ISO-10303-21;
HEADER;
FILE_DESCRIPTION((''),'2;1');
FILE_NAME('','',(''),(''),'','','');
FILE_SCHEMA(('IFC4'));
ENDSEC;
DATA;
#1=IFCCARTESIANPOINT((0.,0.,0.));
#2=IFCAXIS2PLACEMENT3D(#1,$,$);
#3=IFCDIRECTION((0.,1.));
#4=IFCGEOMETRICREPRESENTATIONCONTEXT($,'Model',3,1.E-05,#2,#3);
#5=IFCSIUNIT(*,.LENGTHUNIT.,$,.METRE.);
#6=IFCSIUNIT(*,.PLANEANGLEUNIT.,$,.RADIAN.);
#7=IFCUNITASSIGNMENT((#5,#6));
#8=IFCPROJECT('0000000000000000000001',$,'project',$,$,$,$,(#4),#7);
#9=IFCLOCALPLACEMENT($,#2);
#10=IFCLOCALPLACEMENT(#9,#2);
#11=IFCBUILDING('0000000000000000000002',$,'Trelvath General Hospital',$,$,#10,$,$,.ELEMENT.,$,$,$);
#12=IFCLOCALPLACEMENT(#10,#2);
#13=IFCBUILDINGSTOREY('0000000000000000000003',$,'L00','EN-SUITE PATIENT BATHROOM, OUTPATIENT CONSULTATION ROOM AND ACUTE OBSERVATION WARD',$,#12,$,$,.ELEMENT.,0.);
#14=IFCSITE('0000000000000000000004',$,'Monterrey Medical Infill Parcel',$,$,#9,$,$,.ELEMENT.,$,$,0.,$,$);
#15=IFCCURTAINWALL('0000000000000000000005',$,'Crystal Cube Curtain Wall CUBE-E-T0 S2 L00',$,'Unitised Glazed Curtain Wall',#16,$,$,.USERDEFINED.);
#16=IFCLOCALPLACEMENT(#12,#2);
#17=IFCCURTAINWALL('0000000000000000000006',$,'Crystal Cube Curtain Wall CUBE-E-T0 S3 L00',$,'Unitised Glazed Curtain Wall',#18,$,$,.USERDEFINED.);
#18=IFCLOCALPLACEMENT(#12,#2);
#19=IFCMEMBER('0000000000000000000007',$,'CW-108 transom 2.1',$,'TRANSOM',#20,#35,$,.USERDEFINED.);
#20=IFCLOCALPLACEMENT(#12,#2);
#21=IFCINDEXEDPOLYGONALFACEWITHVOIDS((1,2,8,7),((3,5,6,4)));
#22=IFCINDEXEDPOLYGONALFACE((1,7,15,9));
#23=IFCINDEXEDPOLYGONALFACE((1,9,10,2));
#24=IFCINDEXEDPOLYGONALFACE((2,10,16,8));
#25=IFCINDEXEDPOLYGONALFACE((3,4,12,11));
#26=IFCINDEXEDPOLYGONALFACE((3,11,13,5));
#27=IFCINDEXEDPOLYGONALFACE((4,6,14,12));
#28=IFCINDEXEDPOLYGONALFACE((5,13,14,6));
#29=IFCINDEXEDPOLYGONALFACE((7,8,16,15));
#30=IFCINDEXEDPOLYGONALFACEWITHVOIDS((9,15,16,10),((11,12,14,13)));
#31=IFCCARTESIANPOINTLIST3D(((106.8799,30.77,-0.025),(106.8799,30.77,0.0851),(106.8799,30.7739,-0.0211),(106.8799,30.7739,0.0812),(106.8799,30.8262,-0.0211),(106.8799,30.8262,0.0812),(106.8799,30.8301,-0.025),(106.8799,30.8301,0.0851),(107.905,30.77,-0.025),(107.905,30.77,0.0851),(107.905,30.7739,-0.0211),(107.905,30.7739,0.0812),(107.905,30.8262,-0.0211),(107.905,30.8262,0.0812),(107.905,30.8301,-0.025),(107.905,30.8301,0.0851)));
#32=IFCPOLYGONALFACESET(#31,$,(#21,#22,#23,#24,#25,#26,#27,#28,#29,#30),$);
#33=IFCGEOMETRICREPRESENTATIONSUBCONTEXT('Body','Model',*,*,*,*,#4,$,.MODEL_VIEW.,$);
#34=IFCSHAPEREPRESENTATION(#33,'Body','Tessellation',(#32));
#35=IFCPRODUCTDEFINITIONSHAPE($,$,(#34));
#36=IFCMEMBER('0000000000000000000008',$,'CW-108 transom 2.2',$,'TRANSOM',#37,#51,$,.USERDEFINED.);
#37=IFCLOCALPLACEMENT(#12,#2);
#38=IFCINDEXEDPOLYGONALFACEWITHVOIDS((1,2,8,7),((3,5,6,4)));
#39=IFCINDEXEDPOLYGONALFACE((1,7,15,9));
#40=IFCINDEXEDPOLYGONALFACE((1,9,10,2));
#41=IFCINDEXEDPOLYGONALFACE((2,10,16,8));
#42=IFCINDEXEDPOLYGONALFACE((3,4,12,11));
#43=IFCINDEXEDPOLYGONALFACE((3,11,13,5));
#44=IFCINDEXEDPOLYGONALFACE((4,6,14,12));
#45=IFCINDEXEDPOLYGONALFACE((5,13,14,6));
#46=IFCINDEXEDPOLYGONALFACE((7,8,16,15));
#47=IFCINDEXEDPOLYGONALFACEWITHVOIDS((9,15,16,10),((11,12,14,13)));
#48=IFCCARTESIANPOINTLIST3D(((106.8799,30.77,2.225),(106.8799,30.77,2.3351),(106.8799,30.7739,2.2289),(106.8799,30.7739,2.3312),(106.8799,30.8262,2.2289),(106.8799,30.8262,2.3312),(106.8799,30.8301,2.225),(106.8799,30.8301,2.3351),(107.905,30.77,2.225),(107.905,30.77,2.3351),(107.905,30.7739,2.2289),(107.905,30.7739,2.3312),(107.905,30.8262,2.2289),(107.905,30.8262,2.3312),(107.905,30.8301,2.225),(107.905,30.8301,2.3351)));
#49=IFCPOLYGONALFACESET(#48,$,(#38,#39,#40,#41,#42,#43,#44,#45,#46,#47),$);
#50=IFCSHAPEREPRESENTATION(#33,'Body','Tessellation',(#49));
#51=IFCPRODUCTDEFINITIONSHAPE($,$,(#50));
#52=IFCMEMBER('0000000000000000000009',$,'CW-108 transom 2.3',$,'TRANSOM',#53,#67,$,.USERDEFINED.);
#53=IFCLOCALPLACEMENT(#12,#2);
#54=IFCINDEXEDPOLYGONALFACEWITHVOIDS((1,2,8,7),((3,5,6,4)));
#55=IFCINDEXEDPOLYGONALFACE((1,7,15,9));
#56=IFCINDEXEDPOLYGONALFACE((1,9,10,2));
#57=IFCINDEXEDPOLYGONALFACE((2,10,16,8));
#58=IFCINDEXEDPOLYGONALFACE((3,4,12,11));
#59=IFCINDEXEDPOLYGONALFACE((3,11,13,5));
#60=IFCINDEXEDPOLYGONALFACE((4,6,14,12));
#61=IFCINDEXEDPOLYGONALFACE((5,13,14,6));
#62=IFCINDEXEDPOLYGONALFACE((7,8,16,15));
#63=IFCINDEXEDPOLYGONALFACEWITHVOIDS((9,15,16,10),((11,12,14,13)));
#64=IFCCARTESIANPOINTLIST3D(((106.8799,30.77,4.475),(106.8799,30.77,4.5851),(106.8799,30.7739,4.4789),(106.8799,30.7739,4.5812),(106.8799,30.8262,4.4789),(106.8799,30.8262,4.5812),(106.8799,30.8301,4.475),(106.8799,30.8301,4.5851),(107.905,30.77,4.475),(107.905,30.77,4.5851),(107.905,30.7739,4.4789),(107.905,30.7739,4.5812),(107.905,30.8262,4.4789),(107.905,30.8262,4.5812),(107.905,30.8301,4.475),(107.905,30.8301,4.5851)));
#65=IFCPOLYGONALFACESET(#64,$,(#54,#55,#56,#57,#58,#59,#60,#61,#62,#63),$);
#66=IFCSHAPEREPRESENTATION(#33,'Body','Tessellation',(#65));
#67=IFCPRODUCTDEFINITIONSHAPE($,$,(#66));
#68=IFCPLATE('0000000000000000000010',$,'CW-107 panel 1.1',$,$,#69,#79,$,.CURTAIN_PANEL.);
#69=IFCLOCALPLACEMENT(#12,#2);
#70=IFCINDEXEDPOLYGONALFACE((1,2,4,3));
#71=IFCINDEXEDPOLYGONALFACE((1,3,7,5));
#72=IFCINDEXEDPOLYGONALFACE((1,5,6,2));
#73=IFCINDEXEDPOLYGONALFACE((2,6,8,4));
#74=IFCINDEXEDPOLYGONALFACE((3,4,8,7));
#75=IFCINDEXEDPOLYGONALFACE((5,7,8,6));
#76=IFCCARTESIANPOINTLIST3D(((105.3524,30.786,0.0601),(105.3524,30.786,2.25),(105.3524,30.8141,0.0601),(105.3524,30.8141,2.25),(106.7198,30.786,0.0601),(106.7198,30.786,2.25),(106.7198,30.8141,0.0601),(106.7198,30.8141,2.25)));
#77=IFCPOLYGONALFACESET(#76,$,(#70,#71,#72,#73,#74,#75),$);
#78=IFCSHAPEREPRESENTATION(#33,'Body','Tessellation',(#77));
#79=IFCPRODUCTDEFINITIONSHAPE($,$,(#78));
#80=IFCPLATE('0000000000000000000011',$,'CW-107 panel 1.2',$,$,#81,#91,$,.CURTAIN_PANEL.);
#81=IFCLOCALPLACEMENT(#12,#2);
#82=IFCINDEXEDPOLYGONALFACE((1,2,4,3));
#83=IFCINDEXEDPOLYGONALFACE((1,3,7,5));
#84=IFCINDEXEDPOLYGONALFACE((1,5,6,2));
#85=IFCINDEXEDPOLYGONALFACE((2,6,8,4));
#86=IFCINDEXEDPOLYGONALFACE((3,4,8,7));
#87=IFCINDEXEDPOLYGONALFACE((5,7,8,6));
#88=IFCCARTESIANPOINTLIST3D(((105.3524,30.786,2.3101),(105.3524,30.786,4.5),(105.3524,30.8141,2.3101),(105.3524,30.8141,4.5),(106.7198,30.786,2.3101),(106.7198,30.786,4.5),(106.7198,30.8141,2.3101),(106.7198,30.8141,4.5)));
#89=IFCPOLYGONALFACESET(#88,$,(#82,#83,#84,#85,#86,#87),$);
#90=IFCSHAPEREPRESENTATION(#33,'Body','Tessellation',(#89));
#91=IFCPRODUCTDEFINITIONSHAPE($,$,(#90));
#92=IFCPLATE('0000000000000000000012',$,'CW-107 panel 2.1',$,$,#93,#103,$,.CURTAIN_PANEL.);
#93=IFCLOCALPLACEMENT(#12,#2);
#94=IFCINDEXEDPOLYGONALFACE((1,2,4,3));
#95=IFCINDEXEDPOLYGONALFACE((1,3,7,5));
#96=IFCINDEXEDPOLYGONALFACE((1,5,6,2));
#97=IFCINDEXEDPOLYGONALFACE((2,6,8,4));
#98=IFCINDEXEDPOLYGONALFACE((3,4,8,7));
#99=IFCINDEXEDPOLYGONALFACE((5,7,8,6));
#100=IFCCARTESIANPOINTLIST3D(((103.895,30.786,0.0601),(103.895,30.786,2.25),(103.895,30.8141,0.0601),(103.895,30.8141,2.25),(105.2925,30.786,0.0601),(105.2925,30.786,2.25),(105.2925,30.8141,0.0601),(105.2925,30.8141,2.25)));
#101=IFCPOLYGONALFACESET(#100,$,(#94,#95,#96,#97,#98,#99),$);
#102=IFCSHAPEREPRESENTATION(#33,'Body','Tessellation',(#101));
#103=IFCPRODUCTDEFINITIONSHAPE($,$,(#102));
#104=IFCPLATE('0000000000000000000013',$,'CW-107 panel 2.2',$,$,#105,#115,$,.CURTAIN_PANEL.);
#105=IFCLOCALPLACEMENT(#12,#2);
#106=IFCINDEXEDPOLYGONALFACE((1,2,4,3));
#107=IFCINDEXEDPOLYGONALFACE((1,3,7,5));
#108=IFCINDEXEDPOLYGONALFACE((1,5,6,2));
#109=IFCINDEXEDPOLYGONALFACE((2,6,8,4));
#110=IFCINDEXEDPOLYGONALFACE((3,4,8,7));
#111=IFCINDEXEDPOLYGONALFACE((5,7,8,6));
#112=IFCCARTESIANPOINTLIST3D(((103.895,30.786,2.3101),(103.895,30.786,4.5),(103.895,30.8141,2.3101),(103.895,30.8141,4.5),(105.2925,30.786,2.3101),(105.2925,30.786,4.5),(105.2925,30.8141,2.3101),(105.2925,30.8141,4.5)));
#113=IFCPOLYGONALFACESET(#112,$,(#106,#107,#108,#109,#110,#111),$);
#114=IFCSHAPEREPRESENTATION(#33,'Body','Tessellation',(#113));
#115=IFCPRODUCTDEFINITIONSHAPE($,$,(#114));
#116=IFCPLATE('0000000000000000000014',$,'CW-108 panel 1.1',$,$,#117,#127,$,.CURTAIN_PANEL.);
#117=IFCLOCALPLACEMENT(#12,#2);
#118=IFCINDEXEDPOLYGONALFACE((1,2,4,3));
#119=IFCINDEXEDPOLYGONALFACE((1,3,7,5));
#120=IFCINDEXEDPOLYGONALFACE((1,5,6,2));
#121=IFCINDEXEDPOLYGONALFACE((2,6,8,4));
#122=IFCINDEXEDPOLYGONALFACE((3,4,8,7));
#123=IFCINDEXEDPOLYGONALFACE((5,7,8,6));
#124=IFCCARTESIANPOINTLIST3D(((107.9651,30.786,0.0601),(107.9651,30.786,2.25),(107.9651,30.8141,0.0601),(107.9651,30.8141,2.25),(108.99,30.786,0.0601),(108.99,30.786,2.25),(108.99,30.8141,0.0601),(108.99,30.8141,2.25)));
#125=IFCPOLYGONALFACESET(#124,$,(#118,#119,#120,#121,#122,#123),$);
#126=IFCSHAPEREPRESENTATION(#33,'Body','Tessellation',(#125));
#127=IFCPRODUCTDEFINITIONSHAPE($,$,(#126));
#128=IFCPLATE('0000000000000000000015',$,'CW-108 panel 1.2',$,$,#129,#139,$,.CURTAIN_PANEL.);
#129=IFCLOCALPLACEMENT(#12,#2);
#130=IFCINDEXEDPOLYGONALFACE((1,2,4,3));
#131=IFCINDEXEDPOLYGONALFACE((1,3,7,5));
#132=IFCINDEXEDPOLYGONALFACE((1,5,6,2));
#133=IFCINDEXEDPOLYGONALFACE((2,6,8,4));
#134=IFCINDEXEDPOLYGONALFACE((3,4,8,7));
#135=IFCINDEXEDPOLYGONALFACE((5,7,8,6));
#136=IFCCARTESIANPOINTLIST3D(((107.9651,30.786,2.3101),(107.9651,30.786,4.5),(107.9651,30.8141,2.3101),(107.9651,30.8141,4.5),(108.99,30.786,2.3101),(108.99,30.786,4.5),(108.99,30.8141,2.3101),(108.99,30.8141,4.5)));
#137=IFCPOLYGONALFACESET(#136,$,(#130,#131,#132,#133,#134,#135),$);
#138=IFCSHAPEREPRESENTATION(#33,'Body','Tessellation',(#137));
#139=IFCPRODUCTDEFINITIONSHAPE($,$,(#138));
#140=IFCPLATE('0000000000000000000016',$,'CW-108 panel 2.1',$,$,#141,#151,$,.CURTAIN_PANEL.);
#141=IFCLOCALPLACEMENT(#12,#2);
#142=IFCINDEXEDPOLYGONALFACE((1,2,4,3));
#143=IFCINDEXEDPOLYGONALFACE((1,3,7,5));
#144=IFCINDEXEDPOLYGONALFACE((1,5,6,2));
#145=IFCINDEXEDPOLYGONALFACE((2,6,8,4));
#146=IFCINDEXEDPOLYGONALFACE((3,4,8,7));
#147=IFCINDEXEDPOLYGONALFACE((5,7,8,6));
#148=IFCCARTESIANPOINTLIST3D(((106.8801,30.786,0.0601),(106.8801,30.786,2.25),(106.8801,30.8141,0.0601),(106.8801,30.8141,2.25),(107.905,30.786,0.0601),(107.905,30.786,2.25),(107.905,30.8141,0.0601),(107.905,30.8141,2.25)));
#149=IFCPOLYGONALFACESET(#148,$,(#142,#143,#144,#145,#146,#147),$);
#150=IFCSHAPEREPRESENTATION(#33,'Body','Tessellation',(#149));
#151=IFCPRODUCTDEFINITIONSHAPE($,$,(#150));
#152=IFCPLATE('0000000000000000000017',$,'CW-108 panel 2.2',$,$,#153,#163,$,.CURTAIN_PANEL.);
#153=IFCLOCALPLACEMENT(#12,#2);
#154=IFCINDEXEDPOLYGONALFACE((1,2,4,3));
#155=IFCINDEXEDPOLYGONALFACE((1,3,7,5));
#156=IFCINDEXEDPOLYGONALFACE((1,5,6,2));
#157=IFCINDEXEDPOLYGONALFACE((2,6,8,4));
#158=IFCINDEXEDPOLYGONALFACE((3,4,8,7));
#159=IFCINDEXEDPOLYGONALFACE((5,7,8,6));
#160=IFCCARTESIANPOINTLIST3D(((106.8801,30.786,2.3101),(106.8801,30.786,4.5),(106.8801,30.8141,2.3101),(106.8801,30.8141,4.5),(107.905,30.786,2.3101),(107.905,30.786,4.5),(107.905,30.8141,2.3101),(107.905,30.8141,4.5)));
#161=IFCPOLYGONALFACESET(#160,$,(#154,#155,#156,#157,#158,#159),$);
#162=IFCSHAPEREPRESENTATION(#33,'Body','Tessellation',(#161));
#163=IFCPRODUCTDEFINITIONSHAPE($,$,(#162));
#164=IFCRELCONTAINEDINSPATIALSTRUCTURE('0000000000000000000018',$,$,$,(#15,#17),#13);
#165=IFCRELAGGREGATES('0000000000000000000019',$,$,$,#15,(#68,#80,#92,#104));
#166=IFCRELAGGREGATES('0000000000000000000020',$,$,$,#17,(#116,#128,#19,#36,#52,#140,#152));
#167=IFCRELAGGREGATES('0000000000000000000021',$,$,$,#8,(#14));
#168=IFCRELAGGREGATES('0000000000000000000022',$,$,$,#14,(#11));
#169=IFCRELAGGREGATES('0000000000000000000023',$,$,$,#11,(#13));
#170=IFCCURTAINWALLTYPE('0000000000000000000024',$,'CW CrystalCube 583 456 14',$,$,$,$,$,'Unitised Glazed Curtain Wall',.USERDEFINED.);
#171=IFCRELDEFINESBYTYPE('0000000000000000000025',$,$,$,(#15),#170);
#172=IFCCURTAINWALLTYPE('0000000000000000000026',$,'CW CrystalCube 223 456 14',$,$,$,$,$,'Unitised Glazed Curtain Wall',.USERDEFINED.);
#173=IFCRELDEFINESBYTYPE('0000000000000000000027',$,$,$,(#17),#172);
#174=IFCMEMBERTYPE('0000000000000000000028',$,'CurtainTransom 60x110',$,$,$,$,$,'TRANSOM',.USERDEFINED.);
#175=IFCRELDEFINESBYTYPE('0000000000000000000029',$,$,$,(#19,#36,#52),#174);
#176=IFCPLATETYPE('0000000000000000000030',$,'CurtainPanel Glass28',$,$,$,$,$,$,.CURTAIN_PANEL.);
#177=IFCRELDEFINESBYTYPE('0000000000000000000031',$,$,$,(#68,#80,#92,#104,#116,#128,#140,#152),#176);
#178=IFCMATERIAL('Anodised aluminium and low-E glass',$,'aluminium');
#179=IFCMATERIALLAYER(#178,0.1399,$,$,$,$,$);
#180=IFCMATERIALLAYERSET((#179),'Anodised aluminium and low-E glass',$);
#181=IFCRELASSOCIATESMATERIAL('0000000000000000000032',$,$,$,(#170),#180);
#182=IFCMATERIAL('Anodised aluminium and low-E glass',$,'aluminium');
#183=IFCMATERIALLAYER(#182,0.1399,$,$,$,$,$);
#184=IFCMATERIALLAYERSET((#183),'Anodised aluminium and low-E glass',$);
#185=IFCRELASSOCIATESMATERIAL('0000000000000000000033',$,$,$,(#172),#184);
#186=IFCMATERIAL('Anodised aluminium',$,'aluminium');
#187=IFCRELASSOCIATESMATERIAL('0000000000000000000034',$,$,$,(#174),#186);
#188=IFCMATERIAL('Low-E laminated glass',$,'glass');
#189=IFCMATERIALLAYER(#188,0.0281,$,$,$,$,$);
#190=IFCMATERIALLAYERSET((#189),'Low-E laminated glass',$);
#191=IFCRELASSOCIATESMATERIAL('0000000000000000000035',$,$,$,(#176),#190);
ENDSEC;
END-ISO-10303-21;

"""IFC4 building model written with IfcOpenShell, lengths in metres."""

from ifc_helpers import new_model, si_unit, direction, frame, origin, origin_2d, place, context, subcontext, project, spatial, rectangle, hollow_rectangle, extrude, material, layer, layer_set, material_profile, profile_set, type_object, element, aggregate, save


model = new_model("IFC4")

# Units and contexts
model_context = context("Model", 3, precision=1e-05, world=origin(), true_north=direction((0.0, 1.0)))
body_context = subcontext(model_context, "Body", "Model", "MODEL_VIEW")
ifc_project = project(units=[si_unit("LENGTHUNIT", "METRE"), si_unit("PLANEANGLEUNIT", "RADIAN")], contexts=[model_context])

# Site, building, storey
site_placement = place(None, origin())
site = spatial("IfcSite", under=ifc_project, at=site_placement, Name="Monterrey Medical Infill Parcel", CompositionType="ELEMENT", RefElevation=0.0)
building_placement = place(site_placement, origin())
building = spatial("IfcBuilding", under=site, at=building_placement, Name="Trelvath General Hospital", CompositionType="ELEMENT")
storey_placement = place(building_placement, origin())
storey = spatial("IfcBuildingStorey", under=building, at=storey_placement, Name="L00", Description="EN-SUITE PATIENT BATHROOM, OUTPATIENT CONSULTATION ROOM AND ACUTE OBSERVATION WARD", CompositionType="ELEMENT", Elevation=0.0)

# Curtain walls
ifc_material_1 = material(Name="Anodised aluminium and low-E glass", Category="aluminium")
ifc_layer_1 = layer(ifc_material_1, 0.1399)
ifc_layer_set_1 = layer_set([ifc_layer_1], Name="Anodised aluminium and low-E glass")
curtain_wall_type_1 = type_object("IfcCurtainWallType", Name="CW CrystalCube 583 456 14", ElementType="Unitised Glazed Curtain Wall", PredefinedType="USERDEFINED", material=ifc_layer_set_1)
curtain_wall_1_placement = place(storey_placement, origin())
curtain_wall_1 = element("IfcCurtainWall", 1, at=curtain_wall_1_placement, inside=storey, type_object=curtain_wall_type_1, Name="Crystal Cube Curtain Wall CUBE-E-T0 S2 L00", ObjectType="Unitised Glazed Curtain Wall", PredefinedType="USERDEFINED")
ifc_material_2 = material(Name="Anodised aluminium and low-E glass", Category="aluminium")
ifc_layer_2 = layer(ifc_material_2, 0.1399)
ifc_layer_set_2 = layer_set([ifc_layer_2], Name="Anodised aluminium and low-E glass")
curtain_wall_type_2 = type_object("IfcCurtainWallType", Name="CW CrystalCube 223 456 14", ElementType="Unitised Glazed Curtain Wall", PredefinedType="USERDEFINED", material=ifc_layer_set_2)
curtain_wall_2_placement = place(storey_placement, origin())
curtain_wall_2 = element("IfcCurtainWall", 2, at=curtain_wall_2_placement, inside=storey, type_object=curtain_wall_type_2, Name="Crystal Cube Curtain Wall CUBE-E-T0 S3 L00", ObjectType="Unitised Glazed Curtain Wall", PredefinedType="USERDEFINED")

# Members
ifc_material_3 = material(Name="Anodised aluminium", Category="aluminium")
ifc_material_profile_1 = material_profile(ifc_material_3, hollow_rectangle(XDim=0.0601, YDim=0.1101, WallThickness=0.0039, at=origin_2d()), Name="RHS60x110x4")
ifc_profile_set_1 = profile_set([ifc_material_profile_1], Name="Anodised aluminium")
member_type_1 = type_object("IfcMemberType", Name="CurtainTransom 60x110", ElementType="TRANSOM", PredefinedType="USERDEFINED", material=ifc_profile_set_1)
member_1_placement = place(storey_placement, frame((107.905, 30.8, 0.03), z_axis=(-1.0, 0.0, 0.0), x_axis=(0.0, -1.0, 0.0)))
member_1 = element("IfcMember", 3, at=member_1_placement, type_object=member_type_1, Name="CW-108 transom 2.1", ObjectType="TRANSOM", PredefinedType="USERDEFINED", context=body_context, shape_type="SweptSolid", body=[
    extrude(hollow_rectangle(XDim=0.0601, YDim=0.1101, WallThickness=0.0039, at=origin_2d()), origin(), (0.0, 0.0, 1.0), 1.0251),
])
member_2_placement = place(storey_placement, frame((107.905, 30.8, 2.28), z_axis=(-1.0, 0.0, 0.0), x_axis=(0.0, -1.0, 0.0)))
member_2 = element("IfcMember", 4, at=member_2_placement, type_object=member_type_1, Name="CW-108 transom 2.2", ObjectType="TRANSOM", PredefinedType="USERDEFINED", context=body_context, shape_type="SweptSolid", body=[
    extrude(hollow_rectangle(XDim=0.0601, YDim=0.1101, WallThickness=0.0039, at=origin_2d()), origin(), (0.0, 0.0, 1.0), 1.0251),
])
member_3_placement = place(storey_placement, frame((107.905, 30.8, 4.53), z_axis=(-1.0, 0.0, 0.0), x_axis=(0.0, -1.0, 0.0)))
member_3 = element("IfcMember", 5, at=member_3_placement, type_object=member_type_1, Name="CW-108 transom 2.3", ObjectType="TRANSOM", PredefinedType="USERDEFINED", context=body_context, shape_type="SweptSolid", body=[
    extrude(hollow_rectangle(XDim=0.0601, YDim=0.1101, WallThickness=0.0039, at=origin_2d()), origin(), (0.0, 0.0, 1.0), 1.0251),
])

# Plates
ifc_material_4 = material(Name="Low-E laminated glass", Category="glass")
ifc_layer_3 = layer(ifc_material_4, 0.0281)
ifc_layer_set_3 = layer_set([ifc_layer_3], Name="Low-E laminated glass")
plate_type = type_object("IfcPlateType", Name="CurtainPanel Glass28", PredefinedType="CURTAIN_PANEL", material=ifc_layer_set_3)
plate_1_placement = place(storey_placement, frame((106.0361, 30.8, 0.0601), z_axis=(0.0, 0.0, 1.0), x_axis=(-1.0, 0.0, 0.0)))
plate_1 = element("IfcPlate", 6, at=plate_1_placement, type_object=plate_type, Name="CW-107 panel 1.1", PredefinedType="CURTAIN_PANEL", context=body_context, shape_type="SweptSolid", body=[
    extrude(rectangle(XDim=1.3674, YDim=0.0281, at=origin_2d()), origin(), (0.0, 0.0, 1.0), 2.1899),
])
plate_2_placement = place(storey_placement, frame((106.0361, 30.8, 2.3101), z_axis=(0.0, 0.0, 1.0), x_axis=(-1.0, 0.0, 0.0)))
plate_2 = element("IfcPlate", 7, at=plate_2_placement, type_object=plate_type, Name="CW-107 panel 1.2", PredefinedType="CURTAIN_PANEL", context=body_context, shape_type="SweptSolid", body=[
    extrude(rectangle(XDim=1.3674, YDim=0.0281, at=origin_2d()), origin(), (0.0, 0.0, 1.0), 2.1899),
])
plate_3_placement = place(storey_placement, frame((104.5938, 30.8, 0.0601), z_axis=(0.0, 0.0, 1.0), x_axis=(-1.0, 0.0, 0.0)))
plate_3 = element("IfcPlate", 8, at=plate_3_placement, type_object=plate_type, Name="CW-107 panel 2.1", PredefinedType="CURTAIN_PANEL", context=body_context, shape_type="SweptSolid", body=[
    extrude(rectangle(XDim=1.3975, YDim=0.0281, at=origin_2d()), origin(), (0.0, 0.0, 1.0), 2.1899),
])
plate_4_placement = place(storey_placement, frame((104.5938, 30.8, 2.3101), z_axis=(0.0, 0.0, 1.0), x_axis=(-1.0, 0.0, 0.0)))
plate_4 = element("IfcPlate", 9, at=plate_4_placement, type_object=plate_type, Name="CW-107 panel 2.2", PredefinedType="CURTAIN_PANEL", context=body_context, shape_type="SweptSolid", body=[
    extrude(rectangle(XDim=1.3975, YDim=0.0281, at=origin_2d()), origin(), (0.0, 0.0, 1.0), 2.1899),
])
aggregate(curtain_wall_1, [plate_1, plate_2, plate_3, plate_4])
plate_5_placement = place(storey_placement, frame((108.4775, 30.8, 0.0601), z_axis=(0.0, 0.0, 1.0), x_axis=(-1.0, 0.0, 0.0)))
plate_5 = element("IfcPlate", 10, at=plate_5_placement, type_object=plate_type, Name="CW-108 panel 1.1", PredefinedType="CURTAIN_PANEL", context=body_context, shape_type="SweptSolid", body=[
    extrude(rectangle(XDim=1.0249, YDim=0.0281, at=origin_2d()), origin(), (0.0, 0.0, 1.0), 2.1899),
])
plate_6_placement = place(storey_placement, frame((108.4775, 30.8, 2.3101), z_axis=(0.0, 0.0, 1.0), x_axis=(-1.0, 0.0, 0.0)))
plate_6 = element("IfcPlate", 11, at=plate_6_placement, type_object=plate_type, Name="CW-108 panel 1.2", PredefinedType="CURTAIN_PANEL", context=body_context, shape_type="SweptSolid", body=[
    extrude(rectangle(XDim=1.0249, YDim=0.0281, at=origin_2d()), origin(), (0.0, 0.0, 1.0), 2.1899),
])
plate_7_placement = place(storey_placement, frame((107.3926, 30.8, 0.0601), z_axis=(0.0, 0.0, 1.0), x_axis=(-1.0, 0.0, 0.0)))
plate_7 = element("IfcPlate", 12, at=plate_7_placement, type_object=plate_type, Name="CW-108 panel 2.1", PredefinedType="CURTAIN_PANEL", context=body_context, shape_type="SweptSolid", body=[
    extrude(rectangle(XDim=1.0249, YDim=0.0281, at=origin_2d()), origin(), (0.0, 0.0, 1.0), 2.1899),
])
plate_8_placement = place(storey_placement, frame((107.3926, 30.8, 2.3101), z_axis=(0.0, 0.0, 1.0), x_axis=(-1.0, 0.0, 0.0)))
plate_8 = element("IfcPlate", 13, at=plate_8_placement, type_object=plate_type, Name="CW-108 panel 2.2", PredefinedType="CURTAIN_PANEL", context=body_context, shape_type="SweptSolid", body=[
    extrude(rectangle(XDim=1.0249, YDim=0.0281, at=origin_2d()), origin(), (0.0, 0.0, 1.0), 2.1899),
])
aggregate(curtain_wall_2, [plate_5, plate_6, member_1, member_2, member_3, plate_7, plate_8])

save(model, "model.ifc")
